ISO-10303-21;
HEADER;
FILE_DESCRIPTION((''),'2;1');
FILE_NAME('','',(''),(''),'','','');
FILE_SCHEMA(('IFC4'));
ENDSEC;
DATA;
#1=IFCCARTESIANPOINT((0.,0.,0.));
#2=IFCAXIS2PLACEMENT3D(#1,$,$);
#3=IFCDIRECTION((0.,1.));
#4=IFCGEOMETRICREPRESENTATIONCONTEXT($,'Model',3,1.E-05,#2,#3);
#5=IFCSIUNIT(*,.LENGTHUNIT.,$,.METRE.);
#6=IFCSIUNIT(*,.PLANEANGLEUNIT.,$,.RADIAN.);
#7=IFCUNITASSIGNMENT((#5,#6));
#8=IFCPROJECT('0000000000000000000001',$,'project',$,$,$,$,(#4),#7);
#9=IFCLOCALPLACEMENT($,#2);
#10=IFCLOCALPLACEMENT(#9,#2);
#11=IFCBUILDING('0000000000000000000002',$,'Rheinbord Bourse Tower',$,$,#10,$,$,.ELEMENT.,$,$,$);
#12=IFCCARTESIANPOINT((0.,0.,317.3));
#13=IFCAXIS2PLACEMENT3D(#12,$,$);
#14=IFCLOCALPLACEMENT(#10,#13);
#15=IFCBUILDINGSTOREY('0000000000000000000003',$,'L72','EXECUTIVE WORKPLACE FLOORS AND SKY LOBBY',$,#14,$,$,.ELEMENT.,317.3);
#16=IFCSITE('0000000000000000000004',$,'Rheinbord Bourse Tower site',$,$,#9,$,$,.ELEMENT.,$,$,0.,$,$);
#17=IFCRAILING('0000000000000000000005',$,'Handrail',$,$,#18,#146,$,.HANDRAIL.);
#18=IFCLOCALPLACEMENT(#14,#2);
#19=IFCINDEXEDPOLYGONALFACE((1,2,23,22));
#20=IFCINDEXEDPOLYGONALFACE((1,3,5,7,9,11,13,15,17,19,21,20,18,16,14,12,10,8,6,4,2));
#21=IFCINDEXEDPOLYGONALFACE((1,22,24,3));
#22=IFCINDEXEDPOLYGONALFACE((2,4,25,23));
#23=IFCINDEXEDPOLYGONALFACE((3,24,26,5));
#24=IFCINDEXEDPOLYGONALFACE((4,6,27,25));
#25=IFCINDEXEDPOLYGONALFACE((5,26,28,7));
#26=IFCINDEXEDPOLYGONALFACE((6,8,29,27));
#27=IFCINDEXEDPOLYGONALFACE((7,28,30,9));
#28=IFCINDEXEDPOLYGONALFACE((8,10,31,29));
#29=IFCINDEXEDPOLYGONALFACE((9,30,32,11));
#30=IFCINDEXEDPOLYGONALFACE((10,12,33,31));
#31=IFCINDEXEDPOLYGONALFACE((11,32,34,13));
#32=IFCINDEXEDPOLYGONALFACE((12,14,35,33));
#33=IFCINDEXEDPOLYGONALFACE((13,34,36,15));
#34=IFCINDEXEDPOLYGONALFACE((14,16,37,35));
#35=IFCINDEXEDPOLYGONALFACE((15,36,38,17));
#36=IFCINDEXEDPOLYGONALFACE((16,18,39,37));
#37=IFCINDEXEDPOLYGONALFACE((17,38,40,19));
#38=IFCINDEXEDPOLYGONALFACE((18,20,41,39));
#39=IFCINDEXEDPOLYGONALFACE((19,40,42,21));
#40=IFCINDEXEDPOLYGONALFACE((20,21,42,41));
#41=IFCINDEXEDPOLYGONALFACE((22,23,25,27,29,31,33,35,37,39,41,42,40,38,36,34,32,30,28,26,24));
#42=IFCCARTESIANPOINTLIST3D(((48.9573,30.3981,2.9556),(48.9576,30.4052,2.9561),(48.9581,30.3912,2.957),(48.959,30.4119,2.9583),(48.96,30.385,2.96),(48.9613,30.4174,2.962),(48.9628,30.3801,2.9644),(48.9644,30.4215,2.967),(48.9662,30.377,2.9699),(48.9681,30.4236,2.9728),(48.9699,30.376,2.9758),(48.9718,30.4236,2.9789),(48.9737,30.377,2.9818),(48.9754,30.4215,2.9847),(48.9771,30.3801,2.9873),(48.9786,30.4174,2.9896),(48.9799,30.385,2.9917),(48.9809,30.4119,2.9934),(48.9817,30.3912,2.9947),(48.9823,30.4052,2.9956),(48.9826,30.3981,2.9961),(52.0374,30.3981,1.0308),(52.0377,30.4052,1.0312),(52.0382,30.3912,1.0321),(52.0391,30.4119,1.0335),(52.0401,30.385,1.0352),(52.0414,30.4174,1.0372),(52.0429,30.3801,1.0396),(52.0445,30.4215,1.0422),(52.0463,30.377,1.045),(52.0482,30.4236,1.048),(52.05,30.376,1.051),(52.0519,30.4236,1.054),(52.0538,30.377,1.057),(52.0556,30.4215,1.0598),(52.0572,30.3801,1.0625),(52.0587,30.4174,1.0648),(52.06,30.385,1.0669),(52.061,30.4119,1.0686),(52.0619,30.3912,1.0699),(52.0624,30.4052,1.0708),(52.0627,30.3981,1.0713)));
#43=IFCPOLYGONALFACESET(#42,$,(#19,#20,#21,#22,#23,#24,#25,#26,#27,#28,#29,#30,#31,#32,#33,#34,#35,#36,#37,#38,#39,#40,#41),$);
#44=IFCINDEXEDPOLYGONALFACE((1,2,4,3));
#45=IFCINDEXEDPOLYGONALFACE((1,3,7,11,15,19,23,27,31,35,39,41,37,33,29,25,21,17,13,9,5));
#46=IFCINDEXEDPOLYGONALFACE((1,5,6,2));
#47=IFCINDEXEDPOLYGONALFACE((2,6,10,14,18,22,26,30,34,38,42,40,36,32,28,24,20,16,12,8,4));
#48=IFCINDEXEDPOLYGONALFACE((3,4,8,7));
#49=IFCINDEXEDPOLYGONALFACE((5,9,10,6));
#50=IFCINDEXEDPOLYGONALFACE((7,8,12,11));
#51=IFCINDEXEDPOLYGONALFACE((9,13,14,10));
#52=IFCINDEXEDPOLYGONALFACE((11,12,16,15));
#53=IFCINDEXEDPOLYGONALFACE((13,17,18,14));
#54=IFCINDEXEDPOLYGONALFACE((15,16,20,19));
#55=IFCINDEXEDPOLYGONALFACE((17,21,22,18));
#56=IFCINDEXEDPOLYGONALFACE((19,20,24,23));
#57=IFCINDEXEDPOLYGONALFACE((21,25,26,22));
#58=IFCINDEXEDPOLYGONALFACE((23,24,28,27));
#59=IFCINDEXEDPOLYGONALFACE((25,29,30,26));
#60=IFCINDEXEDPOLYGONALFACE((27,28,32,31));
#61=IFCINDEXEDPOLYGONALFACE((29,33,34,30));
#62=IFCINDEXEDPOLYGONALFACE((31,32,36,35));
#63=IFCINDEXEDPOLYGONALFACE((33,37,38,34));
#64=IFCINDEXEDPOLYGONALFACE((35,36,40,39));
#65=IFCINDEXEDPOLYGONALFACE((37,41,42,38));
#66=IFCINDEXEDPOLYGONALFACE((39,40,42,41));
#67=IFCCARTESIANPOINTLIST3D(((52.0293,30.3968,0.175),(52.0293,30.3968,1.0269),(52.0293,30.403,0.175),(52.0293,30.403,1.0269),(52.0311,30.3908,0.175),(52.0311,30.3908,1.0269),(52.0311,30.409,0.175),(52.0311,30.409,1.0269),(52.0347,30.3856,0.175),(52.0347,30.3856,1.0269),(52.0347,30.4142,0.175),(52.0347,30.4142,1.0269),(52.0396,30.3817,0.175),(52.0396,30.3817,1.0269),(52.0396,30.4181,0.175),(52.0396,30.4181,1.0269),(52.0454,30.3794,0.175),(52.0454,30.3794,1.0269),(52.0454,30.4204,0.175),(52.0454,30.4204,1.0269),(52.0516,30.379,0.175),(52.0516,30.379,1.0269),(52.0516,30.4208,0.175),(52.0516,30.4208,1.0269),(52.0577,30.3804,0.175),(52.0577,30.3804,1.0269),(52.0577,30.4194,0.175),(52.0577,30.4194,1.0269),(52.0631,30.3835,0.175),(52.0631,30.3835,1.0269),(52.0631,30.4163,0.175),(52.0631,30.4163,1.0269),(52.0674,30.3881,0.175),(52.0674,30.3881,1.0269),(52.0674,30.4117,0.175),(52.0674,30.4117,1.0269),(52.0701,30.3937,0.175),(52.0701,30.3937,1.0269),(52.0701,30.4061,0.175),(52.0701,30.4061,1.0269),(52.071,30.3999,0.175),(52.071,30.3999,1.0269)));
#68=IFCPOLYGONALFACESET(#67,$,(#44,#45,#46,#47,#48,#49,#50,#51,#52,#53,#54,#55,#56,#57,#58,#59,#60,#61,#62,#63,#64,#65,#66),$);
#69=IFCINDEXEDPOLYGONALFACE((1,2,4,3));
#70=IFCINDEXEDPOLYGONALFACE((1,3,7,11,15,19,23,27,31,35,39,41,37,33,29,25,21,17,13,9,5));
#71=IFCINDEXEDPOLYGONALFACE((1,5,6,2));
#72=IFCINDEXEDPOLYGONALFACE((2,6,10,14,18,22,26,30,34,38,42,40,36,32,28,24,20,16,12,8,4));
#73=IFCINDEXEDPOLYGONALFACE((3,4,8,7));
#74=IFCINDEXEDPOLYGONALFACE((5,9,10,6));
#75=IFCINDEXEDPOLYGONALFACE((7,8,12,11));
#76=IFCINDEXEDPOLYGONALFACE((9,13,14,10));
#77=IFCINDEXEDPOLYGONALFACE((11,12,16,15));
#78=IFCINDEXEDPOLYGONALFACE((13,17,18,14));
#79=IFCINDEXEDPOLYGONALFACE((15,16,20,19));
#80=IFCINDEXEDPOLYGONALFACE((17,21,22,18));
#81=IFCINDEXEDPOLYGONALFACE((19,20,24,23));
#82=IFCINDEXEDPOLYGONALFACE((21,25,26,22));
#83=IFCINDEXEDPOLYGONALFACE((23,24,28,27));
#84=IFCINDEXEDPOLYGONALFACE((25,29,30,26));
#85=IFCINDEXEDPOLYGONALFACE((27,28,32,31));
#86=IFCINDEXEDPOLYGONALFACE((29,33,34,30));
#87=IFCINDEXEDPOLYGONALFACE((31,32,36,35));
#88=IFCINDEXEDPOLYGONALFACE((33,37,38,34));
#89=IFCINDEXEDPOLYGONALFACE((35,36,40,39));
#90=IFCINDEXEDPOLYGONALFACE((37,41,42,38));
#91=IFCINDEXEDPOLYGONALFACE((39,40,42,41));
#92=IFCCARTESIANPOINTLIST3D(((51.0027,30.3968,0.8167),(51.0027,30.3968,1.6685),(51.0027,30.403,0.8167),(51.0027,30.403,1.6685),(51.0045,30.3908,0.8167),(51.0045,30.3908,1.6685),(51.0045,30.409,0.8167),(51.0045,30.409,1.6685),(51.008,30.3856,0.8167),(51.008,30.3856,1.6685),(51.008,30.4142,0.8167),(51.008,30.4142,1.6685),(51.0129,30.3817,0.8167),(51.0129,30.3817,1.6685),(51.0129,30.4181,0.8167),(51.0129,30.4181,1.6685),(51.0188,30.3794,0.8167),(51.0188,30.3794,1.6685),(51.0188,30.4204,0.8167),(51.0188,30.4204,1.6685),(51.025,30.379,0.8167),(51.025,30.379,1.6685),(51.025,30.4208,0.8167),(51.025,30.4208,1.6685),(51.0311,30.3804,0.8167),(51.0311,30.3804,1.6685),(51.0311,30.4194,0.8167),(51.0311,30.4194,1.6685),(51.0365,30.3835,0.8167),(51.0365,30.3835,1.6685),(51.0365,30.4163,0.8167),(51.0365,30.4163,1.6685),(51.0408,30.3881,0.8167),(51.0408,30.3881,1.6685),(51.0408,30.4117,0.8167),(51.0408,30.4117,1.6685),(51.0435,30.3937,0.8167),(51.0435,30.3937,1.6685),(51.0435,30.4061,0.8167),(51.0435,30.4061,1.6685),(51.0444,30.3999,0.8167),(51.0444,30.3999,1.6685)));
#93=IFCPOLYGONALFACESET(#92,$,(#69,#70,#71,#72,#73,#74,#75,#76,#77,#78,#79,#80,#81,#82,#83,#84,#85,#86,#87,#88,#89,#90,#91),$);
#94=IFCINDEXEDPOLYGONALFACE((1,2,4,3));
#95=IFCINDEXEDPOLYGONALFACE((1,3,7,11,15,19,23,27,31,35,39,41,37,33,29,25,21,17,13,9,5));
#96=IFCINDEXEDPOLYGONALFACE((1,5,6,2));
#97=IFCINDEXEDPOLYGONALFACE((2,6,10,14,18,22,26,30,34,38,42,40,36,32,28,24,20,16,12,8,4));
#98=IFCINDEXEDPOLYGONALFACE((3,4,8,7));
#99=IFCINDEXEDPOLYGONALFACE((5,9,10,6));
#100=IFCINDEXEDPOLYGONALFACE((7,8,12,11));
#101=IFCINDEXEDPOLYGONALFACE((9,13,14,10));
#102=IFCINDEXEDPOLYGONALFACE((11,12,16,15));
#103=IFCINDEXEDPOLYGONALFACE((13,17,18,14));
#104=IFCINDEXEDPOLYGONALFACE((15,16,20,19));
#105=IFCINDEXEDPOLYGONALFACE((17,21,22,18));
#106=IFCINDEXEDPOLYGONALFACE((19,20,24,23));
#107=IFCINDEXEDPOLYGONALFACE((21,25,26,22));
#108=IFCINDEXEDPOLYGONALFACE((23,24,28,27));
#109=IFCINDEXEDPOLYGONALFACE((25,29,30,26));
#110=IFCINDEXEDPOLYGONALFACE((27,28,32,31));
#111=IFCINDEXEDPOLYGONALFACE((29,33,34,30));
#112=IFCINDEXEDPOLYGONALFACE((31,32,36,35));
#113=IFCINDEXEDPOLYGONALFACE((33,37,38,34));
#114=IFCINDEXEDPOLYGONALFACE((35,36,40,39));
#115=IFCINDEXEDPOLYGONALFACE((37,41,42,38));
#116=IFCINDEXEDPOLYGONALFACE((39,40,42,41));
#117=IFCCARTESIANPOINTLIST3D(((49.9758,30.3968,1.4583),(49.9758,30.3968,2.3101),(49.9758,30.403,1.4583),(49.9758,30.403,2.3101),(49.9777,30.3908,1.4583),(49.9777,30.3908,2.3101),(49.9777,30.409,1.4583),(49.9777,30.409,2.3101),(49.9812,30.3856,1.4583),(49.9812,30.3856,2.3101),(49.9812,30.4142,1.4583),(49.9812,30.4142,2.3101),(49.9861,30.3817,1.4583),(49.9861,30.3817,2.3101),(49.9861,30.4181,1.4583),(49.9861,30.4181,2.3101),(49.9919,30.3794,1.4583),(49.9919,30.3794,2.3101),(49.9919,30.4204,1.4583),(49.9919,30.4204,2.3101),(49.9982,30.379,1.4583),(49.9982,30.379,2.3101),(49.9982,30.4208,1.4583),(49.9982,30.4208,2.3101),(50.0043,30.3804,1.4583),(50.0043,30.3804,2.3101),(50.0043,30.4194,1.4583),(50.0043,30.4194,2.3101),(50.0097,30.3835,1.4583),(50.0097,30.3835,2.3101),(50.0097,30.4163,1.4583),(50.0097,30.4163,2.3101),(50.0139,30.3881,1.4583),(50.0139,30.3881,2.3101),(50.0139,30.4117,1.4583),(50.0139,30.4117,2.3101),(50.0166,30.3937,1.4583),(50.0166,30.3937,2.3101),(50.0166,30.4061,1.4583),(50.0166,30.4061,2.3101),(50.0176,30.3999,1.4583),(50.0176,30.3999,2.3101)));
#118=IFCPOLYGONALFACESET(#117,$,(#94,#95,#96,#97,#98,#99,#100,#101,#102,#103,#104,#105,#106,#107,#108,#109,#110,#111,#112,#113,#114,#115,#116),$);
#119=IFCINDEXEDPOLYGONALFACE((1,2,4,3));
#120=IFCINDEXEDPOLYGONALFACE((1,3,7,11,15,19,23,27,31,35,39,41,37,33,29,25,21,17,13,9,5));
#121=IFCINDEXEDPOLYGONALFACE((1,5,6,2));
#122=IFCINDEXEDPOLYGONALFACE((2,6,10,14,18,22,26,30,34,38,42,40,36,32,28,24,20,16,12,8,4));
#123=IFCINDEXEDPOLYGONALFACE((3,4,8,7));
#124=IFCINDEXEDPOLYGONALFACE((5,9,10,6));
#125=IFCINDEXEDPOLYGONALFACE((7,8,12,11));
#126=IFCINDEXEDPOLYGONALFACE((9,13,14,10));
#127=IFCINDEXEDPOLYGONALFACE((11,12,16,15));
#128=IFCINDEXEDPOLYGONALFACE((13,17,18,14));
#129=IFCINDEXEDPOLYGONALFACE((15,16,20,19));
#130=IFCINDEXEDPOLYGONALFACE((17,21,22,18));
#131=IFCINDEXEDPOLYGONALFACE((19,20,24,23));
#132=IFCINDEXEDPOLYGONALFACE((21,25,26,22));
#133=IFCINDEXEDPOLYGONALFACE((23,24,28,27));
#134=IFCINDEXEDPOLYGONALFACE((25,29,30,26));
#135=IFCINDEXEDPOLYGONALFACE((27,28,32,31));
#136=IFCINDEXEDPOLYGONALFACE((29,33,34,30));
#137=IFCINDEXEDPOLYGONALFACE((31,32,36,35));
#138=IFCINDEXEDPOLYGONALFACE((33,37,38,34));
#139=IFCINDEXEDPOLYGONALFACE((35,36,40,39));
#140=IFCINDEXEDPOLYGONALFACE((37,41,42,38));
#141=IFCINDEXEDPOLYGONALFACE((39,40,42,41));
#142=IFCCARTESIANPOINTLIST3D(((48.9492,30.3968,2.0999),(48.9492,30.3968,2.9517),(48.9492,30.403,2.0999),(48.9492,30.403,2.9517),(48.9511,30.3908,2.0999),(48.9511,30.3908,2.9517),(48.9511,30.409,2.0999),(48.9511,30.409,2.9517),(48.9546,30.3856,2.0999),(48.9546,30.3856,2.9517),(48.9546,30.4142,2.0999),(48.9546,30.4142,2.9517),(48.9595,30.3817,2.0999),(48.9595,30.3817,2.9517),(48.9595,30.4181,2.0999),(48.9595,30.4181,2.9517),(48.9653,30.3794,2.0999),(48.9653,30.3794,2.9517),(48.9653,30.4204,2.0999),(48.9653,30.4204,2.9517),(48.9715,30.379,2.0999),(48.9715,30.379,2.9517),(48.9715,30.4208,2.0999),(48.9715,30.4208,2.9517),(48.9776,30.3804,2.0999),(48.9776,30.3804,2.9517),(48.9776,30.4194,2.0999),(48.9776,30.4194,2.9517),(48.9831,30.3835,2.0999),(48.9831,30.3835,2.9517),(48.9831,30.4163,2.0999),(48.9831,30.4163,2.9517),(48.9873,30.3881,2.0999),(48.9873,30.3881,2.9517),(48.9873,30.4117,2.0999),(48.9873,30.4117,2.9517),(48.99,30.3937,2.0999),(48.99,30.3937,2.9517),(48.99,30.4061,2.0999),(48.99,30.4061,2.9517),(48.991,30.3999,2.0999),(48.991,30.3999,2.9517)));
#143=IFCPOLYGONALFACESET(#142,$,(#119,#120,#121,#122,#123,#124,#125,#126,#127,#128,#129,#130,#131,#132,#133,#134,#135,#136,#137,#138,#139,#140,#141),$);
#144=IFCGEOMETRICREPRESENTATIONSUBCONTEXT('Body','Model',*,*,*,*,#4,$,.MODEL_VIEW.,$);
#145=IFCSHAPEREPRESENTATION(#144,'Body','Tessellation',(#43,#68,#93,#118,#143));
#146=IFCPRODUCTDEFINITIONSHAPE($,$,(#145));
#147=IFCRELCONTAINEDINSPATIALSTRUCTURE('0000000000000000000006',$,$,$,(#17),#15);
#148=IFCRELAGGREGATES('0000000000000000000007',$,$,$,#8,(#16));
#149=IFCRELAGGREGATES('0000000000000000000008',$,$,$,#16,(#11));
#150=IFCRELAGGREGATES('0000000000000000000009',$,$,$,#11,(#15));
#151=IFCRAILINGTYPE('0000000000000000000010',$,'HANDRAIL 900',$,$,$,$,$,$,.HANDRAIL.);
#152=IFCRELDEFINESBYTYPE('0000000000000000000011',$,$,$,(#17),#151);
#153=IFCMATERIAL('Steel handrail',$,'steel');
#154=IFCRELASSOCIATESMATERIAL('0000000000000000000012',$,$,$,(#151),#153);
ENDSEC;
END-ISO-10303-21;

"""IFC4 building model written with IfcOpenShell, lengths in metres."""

from ifc_helpers import new_model, si_unit, direction, frame, origin, origin_2d, place, context, subcontext, project, spatial, circle, extrude, material, type_object, element, save


model = new_model("IFC4")

# Units and contexts
model_context = context("Model", 3, precision=1e-05, world=origin(), true_north=direction((0.0, 1.0)))
body_context = subcontext(model_context, "Body", "Model", "MODEL_VIEW")
ifc_project = project(units=[si_unit("LENGTHUNIT", "METRE"), si_unit("PLANEANGLEUNIT", "RADIAN")], contexts=[model_context])

# Site, building, storey
site_placement = place(None, origin())
site = spatial("IfcSite", under=ifc_project, at=site_placement, Name="Rheinbord Bourse Tower site", CompositionType="ELEMENT", RefElevation=0.0)
building_placement = place(site_placement, origin())
building = spatial("IfcBuilding", under=site, at=building_placement, Name="Rheinbord Bourse Tower", CompositionType="ELEMENT")
storey_placement = place(building_placement, frame((0.0, 0.0, 317.3)))
storey = spatial("IfcBuildingStorey", under=building, at=storey_placement, Name="L72", Description="EXECUTIVE WORKPLACE FLOORS AND SKY LOBBY", CompositionType="ELEMENT", Elevation=317.3)

# Railing
ifc_material_1 = material(Name="Steel handrail", Category="steel")
railing_type = type_object("IfcRailingType", Name="HANDRAIL 900", PredefinedType="HANDRAIL", material=ifc_material_1)
railing_1_placement = place(storey_placement, frame((52.05, 30.3999, 0.175)))
element("IfcRailing", 1, at=railing_1_placement, inside=storey, type_object=railing_type, Name="Handrail", PredefinedType="HANDRAIL", context=body_context, shape_type="SweptSolid", body=[
    extrude(circle(Radius=0.0239, at=origin_2d()), frame((0.0, 0.0, 0.876), z_axis=(-0.848029, 0.0, 0.529951), x_axis=(0.0, -1.0, 0.0)), (0.0, 0.0, 1.0), 3.6321),
    extrude(circle(Radius=0.021, at=origin_2d()), origin(), (0.0, 0.0, 1.0), 0.8518),
    extrude(circle(Radius=0.021, at=origin_2d()), frame((-1.0266, 0.0, 0.6416)), (0.0, 0.0, 1.0), 0.8518),
    extrude(circle(Radius=0.021, at=origin_2d()), frame((-2.0535, 0.0, 1.2832)), (0.0, 0.0, 1.0), 0.8518),
    extrude(circle(Radius=0.021, at=origin_2d()), frame((-3.0801, 0.0, 1.9248)), (0.0, 0.0, 1.0), 0.8518),
])

save(model, "model.ifc")
